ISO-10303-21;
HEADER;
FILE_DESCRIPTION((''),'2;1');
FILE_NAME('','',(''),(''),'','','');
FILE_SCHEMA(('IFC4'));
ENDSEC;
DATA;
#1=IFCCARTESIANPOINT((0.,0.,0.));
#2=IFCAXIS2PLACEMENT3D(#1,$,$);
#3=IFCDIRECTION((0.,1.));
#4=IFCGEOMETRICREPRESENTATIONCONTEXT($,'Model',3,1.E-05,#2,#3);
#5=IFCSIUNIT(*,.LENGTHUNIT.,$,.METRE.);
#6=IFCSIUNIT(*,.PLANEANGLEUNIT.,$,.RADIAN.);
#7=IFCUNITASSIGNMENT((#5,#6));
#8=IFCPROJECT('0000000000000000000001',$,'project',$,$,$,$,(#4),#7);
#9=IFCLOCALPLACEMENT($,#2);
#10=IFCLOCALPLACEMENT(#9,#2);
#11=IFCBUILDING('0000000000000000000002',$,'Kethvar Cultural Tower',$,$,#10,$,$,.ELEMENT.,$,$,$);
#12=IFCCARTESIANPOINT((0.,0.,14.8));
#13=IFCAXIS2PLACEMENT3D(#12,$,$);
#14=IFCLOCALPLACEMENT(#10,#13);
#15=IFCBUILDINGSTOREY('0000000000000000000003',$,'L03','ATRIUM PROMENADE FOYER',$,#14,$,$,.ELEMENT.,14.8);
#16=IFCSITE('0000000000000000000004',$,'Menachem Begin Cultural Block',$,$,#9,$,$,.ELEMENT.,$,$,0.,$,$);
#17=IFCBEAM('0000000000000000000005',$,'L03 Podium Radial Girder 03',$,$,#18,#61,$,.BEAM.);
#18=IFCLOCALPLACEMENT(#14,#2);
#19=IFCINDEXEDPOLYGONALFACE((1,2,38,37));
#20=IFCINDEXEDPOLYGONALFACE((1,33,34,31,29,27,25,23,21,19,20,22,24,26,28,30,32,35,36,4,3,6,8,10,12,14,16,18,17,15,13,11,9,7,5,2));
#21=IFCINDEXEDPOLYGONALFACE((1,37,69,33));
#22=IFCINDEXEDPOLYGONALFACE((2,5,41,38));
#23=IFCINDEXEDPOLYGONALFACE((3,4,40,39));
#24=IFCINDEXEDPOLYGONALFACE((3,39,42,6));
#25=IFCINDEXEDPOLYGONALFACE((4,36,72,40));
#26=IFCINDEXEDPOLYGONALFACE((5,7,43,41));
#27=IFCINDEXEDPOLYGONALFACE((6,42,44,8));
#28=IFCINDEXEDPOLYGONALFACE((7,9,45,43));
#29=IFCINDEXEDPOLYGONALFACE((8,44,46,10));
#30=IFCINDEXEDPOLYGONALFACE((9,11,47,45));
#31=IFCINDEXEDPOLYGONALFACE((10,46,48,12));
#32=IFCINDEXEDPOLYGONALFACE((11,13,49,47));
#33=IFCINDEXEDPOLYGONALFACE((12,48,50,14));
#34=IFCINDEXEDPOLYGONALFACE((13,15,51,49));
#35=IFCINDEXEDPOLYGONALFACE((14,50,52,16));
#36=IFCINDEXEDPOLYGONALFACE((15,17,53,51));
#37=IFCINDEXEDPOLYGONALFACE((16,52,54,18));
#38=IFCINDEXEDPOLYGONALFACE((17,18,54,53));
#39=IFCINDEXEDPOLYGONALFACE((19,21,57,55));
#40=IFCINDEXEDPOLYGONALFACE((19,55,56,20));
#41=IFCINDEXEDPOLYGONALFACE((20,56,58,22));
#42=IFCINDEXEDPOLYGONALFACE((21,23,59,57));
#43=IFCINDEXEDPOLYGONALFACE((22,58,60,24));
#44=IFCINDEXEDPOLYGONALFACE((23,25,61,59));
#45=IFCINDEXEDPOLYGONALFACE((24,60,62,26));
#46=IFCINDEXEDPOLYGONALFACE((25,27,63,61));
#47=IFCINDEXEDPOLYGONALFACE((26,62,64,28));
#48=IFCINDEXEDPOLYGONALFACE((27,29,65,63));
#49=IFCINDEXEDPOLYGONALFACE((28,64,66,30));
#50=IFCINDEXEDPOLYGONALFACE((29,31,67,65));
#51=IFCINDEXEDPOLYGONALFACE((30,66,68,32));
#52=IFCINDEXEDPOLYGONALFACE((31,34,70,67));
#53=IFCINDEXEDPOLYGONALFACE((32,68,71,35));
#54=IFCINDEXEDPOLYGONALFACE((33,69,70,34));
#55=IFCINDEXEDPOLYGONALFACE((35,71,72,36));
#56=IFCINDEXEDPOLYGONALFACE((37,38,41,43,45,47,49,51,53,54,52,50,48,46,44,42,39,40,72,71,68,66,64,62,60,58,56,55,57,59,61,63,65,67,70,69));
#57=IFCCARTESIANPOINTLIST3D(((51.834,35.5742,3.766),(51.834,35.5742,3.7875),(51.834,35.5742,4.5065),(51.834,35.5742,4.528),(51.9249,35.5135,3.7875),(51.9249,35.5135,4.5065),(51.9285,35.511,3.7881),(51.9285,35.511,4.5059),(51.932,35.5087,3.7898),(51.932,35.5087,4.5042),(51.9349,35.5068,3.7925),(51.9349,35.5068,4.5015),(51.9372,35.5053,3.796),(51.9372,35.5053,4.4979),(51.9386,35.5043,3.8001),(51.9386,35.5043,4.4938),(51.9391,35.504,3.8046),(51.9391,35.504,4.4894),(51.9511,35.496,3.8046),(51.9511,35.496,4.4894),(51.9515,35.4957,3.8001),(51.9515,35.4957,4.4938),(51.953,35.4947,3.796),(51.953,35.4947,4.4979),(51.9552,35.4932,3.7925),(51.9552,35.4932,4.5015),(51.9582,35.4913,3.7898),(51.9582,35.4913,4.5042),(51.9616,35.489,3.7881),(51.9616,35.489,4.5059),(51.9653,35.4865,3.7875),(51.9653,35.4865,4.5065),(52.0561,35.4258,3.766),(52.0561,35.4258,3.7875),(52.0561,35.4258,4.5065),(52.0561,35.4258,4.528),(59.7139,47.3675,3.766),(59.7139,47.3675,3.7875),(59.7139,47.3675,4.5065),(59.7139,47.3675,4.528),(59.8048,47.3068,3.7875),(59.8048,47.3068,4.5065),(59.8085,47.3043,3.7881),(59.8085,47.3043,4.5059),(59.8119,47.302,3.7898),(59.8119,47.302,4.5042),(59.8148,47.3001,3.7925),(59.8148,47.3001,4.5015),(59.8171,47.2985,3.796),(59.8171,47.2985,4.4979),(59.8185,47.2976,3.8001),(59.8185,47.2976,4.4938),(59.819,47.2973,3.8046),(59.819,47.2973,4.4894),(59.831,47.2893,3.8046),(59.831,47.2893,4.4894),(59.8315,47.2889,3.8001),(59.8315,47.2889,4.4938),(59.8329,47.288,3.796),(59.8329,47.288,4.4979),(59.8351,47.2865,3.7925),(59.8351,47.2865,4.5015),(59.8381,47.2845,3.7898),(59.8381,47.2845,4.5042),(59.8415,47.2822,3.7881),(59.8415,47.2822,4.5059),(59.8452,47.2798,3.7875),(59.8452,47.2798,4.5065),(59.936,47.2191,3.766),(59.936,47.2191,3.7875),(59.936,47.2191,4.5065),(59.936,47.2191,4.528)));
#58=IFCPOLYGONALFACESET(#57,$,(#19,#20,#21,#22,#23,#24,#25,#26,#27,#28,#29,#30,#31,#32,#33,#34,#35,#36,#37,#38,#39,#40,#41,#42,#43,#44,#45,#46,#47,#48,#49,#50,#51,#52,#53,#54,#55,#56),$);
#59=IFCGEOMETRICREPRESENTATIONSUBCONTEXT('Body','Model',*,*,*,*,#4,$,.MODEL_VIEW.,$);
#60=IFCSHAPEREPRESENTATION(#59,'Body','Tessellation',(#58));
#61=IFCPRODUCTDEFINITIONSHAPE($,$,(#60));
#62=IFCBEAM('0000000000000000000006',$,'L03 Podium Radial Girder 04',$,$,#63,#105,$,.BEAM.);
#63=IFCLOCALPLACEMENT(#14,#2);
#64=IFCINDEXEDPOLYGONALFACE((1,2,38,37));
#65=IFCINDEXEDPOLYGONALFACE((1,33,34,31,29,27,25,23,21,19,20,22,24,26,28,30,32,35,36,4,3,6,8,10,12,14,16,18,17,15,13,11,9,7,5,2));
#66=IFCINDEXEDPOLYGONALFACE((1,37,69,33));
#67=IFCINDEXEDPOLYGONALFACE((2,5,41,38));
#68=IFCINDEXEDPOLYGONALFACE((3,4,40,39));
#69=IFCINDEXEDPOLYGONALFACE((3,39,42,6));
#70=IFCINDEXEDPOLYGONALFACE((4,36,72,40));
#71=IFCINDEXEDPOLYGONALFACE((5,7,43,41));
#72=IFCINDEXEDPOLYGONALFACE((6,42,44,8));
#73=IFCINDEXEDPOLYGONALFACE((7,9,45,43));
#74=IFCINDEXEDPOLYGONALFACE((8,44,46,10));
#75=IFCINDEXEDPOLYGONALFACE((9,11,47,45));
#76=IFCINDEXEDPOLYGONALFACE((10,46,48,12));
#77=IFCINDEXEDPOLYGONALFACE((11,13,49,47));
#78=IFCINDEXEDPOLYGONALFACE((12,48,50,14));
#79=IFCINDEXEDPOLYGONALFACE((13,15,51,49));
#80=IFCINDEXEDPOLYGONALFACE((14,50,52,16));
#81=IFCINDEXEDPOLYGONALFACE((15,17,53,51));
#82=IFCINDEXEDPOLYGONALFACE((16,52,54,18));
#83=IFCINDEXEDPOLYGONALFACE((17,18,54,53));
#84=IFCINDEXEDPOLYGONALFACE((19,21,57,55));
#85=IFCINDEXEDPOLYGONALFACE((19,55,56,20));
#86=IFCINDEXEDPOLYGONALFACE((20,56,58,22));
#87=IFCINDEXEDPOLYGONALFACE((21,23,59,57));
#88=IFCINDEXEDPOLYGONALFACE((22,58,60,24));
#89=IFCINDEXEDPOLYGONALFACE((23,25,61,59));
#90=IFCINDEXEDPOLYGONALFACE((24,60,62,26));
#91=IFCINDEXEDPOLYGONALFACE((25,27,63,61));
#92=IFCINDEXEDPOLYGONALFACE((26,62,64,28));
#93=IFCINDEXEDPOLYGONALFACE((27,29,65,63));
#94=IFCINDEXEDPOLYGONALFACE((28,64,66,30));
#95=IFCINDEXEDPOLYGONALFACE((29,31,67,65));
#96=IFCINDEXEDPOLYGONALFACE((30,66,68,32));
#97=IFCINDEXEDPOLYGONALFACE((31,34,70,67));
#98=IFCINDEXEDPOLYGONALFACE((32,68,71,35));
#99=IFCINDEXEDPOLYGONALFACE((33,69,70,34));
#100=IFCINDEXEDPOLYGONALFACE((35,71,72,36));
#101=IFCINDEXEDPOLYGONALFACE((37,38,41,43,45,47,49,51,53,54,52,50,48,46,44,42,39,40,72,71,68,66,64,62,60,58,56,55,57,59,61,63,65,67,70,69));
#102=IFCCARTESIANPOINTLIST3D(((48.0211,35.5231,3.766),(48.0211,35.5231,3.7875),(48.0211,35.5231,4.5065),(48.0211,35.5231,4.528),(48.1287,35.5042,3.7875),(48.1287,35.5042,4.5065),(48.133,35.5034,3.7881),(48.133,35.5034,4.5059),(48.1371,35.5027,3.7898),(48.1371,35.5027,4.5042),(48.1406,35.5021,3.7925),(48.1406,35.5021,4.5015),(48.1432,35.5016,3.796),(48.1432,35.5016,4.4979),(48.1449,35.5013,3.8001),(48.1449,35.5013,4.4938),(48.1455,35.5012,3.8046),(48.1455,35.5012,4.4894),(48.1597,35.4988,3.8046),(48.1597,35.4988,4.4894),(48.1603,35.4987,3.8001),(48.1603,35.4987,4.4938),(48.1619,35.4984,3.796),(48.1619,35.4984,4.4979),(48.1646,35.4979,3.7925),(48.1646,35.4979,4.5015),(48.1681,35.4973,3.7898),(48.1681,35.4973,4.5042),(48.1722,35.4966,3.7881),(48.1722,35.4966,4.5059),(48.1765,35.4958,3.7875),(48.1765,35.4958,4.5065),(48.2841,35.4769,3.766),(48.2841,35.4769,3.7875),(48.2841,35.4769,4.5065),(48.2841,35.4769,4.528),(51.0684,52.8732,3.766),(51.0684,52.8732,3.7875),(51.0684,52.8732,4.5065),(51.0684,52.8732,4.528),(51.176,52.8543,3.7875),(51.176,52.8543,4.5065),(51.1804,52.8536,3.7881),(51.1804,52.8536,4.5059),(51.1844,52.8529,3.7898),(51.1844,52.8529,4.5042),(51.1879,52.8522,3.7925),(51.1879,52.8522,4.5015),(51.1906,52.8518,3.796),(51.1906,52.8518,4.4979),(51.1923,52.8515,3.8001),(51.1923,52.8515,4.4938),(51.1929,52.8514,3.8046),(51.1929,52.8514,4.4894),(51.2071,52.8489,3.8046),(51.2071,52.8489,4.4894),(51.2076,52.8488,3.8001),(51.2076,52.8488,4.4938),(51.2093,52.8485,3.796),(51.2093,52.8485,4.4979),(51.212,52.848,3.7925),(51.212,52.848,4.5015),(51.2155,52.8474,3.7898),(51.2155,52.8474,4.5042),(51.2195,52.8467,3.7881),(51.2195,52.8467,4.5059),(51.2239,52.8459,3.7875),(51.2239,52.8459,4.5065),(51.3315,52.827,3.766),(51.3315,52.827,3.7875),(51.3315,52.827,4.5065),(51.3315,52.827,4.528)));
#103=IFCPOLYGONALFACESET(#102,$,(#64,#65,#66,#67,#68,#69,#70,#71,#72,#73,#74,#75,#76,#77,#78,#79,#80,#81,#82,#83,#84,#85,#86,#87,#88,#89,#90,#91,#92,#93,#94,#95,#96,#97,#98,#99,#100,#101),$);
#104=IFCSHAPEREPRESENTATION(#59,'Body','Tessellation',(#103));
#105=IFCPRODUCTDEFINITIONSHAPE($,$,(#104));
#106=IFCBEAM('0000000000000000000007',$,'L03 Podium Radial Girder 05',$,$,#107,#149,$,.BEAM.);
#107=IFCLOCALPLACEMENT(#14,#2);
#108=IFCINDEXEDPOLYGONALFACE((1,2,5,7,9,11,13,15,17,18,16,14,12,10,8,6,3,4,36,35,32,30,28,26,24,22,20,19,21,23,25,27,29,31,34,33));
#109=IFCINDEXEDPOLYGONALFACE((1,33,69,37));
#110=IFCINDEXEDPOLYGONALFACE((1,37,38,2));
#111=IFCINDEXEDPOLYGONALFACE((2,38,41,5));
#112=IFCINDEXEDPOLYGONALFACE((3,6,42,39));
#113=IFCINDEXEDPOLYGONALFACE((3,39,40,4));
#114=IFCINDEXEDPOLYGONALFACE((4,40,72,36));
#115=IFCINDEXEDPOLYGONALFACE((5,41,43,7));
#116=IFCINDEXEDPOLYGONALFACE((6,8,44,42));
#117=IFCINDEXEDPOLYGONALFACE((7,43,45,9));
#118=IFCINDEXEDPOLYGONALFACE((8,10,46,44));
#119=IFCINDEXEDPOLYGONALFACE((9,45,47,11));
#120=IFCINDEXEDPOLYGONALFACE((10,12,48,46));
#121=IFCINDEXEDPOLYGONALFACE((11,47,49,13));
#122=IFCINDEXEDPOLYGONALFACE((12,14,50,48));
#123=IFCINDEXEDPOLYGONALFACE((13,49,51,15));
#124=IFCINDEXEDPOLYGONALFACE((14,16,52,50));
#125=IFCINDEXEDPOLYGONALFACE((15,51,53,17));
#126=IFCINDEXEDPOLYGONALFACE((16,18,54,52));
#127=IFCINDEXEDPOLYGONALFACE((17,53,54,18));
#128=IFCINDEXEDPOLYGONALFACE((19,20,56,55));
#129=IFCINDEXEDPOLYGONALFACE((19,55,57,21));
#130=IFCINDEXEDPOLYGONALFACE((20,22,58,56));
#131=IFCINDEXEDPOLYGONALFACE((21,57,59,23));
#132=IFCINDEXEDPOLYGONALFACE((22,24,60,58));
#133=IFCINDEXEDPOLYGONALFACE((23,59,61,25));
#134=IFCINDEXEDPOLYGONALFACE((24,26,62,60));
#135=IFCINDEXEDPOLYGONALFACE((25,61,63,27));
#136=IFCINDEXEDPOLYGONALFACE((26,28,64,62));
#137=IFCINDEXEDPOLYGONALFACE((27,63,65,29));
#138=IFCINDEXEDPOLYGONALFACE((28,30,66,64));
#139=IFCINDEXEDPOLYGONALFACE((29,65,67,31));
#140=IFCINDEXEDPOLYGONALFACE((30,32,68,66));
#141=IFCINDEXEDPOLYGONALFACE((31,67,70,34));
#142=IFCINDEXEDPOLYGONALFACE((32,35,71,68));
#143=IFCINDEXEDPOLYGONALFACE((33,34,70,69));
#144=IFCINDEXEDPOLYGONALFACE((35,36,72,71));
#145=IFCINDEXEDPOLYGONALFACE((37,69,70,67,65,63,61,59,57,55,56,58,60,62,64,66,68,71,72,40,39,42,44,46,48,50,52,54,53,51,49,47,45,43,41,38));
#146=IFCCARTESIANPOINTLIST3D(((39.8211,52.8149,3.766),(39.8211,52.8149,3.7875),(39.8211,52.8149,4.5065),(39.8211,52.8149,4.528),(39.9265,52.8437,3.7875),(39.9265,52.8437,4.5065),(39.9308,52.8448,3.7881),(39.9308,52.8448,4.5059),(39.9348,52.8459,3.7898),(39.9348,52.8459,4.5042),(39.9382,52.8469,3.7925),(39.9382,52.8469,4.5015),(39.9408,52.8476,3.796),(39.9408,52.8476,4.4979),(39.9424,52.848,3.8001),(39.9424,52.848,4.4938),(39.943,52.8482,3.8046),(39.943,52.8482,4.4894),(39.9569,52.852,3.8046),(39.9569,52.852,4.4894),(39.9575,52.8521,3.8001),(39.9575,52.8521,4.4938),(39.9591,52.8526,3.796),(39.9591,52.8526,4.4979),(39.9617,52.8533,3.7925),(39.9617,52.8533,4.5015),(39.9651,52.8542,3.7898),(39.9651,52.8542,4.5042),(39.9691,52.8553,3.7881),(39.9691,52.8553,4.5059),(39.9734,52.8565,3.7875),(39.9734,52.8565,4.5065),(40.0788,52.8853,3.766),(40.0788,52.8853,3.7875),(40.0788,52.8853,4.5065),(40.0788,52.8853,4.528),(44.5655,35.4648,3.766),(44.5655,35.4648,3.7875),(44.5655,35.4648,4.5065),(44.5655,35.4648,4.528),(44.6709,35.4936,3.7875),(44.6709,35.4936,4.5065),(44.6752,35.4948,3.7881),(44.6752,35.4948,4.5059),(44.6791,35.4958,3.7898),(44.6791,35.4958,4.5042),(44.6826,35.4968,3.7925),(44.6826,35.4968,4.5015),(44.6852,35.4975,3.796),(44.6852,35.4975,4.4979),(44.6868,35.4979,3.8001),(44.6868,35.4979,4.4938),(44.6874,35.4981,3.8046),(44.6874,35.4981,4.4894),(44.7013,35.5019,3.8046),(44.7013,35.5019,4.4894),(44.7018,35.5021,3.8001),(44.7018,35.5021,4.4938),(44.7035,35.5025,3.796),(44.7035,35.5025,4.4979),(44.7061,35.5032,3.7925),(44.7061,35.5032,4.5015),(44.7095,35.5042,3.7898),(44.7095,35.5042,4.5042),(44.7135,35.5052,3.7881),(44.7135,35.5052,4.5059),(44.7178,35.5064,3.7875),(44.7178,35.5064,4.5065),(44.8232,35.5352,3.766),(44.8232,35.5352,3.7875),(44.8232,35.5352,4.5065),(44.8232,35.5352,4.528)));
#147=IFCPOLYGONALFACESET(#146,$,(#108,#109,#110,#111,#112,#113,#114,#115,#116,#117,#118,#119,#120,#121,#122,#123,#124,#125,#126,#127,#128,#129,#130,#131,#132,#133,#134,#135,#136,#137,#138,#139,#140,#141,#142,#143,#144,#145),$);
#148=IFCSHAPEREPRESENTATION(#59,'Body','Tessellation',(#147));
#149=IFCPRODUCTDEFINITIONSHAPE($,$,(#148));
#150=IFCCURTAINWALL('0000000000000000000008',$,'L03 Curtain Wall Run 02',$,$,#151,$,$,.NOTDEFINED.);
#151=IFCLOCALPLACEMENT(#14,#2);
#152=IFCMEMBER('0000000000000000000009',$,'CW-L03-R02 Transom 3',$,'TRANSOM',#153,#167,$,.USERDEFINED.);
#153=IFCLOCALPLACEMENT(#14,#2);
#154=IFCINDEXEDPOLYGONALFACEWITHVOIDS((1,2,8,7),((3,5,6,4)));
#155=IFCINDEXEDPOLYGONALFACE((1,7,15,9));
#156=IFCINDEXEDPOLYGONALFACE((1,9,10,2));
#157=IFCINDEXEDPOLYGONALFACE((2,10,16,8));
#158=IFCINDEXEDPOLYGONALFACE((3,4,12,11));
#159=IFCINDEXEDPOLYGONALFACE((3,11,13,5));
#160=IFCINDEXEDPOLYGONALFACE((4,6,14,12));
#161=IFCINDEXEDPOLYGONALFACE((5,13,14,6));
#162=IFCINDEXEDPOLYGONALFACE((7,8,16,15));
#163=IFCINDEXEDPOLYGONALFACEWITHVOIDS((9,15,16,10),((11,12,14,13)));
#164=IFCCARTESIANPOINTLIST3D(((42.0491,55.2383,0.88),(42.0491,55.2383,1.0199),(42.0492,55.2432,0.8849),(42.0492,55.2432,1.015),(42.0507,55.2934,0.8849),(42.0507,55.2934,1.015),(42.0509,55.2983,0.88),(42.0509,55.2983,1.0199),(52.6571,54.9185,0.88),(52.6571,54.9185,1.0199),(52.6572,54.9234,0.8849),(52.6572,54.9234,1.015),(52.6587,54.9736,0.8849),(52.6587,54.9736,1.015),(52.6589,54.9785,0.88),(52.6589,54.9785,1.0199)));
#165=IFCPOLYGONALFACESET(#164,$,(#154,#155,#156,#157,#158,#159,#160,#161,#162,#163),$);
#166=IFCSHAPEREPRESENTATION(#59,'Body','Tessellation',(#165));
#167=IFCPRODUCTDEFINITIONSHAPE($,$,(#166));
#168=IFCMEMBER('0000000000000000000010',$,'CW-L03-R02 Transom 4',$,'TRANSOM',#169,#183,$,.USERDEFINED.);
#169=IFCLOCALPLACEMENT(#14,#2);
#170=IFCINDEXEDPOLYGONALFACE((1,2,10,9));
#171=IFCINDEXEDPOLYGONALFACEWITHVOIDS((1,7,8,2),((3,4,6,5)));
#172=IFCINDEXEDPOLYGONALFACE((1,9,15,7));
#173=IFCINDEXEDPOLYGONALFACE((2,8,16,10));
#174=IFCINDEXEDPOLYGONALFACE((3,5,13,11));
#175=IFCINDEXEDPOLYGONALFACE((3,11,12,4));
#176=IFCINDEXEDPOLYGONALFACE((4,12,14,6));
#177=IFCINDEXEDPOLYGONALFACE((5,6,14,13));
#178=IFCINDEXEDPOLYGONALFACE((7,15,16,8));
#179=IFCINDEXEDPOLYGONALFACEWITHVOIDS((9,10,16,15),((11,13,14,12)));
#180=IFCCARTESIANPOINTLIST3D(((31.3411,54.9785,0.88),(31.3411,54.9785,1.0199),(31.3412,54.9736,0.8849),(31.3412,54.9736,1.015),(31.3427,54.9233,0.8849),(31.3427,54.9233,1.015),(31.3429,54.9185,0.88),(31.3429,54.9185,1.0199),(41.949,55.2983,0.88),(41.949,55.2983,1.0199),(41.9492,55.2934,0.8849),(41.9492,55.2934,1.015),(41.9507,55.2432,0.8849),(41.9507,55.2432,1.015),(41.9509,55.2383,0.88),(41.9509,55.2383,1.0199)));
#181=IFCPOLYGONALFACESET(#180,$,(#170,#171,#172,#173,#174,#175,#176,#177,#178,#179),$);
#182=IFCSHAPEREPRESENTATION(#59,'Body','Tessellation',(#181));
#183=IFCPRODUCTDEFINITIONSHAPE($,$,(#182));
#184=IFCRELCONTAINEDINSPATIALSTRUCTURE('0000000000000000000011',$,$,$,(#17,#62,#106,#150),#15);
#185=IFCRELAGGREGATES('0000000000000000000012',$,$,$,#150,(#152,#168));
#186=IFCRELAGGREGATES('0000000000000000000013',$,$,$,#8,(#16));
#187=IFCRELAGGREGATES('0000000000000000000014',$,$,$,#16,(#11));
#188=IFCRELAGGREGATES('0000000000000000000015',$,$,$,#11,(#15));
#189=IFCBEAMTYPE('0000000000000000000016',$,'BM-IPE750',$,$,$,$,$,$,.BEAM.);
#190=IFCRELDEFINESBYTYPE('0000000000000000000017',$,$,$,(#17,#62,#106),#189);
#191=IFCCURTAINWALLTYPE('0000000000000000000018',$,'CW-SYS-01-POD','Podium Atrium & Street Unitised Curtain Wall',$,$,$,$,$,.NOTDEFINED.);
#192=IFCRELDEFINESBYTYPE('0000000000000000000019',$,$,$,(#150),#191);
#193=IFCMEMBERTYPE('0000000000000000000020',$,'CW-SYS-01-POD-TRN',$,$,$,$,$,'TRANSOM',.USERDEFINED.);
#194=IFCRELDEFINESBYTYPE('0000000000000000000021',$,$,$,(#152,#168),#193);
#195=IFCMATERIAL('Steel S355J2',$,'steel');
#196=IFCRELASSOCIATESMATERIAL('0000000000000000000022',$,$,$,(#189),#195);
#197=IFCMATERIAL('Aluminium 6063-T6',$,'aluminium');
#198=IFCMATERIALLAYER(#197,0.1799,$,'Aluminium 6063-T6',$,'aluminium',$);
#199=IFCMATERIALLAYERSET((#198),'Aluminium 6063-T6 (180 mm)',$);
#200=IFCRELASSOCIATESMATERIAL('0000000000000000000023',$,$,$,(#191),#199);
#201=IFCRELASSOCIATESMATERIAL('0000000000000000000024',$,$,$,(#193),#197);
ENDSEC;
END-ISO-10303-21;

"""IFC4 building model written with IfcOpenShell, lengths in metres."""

from ifc_helpers import new_model, si_unit, direction, frame, origin, origin_2d, place, context, subcontext, project, spatial, hollow_rectangle, i_section, extrude, source, transform, mapped, material, layer, layer_set, material_profile, profile_set, type_object, element, aggregate, save


model = new_model("IFC4")

# Units and contexts
model_context = context("Model", 3, precision=1e-05, world=origin(), true_north=direction((0.0, 1.0)))
body_context = subcontext(model_context, "Body", "Model", "MODEL_VIEW")
ifc_project = project(units=[si_unit("LENGTHUNIT", "METRE"), si_unit("PLANEANGLEUNIT", "RADIAN")], contexts=[model_context])

# Site, building, storey
site_placement = place(None, origin())
site = spatial("IfcSite", under=ifc_project, at=site_placement, Name="Menachem Begin Cultural Block", CompositionType="ELEMENT", RefElevation=0.0)
building_placement = place(site_placement, origin())
building = spatial("IfcBuilding", under=site, at=building_placement, Name="Kethvar Cultural Tower", CompositionType="ELEMENT")
storey_placement = place(building_placement, frame((0.0, 0.0, 14.8)))
storey = spatial("IfcBuildingStorey", under=building, at=storey_placement, Name="L03", Description="ATRIUM PROMENADE FOYER", CompositionType="ELEMENT", Elevation=14.8)

# Beams
ifc_material_1 = material(Name="Steel S355J2", Category="steel")
ifc_material_profile_1 = material_profile(ifc_material_1, i_section(OverallWidth=0.2671, OverallDepth=0.762, WebThickness=0.0144, FlangeThickness=0.0215, FilletRadius=0.0171, at=origin_2d()), Name="Steel S355J2 — IPE750x173")
ifc_profile_set_1 = profile_set([ifc_material_profile_1], Name="Steel S355J2 — IPE750x173")
beam_type_1 = type_object("IfcBeamType", Name="BM-IPE750", PredefinedType="BEAM", material=ifc_profile_set_1)
shared_shape_1 = source(origin(), body_context, "Body", "SweptSolid", [
    extrude(i_section(OverallWidth=0.2671, OverallDepth=0.762, WebThickness=0.0144, FlangeThickness=0.0215, FilletRadius=0.0171, at=origin_2d()), origin(), (0.0, 0.0, 1.0), 14.1836),
])
beam_1_placement = place(storey_placement, frame((51.9451, 35.5, 4.147), z_axis=(0.555566, 0.831473, 0.0), x_axis=(-0.831473, 0.555566, 0.0)))
element("IfcBeam", 1, at=beam_1_placement, inside=storey, type_object=beam_type_1, Name="L03 Podium Radial Girder 03", PredefinedType="BEAM", context=body_context, shape_type="MappedRepresentation", body=[
    mapped(shared_shape_1, transform((0.0, 0.0, 0.0), scale=1.0)),
])
shared_shape_2 = source(origin(), body_context, "Body", "SweptSolid", [
    extrude(i_section(OverallWidth=0.2671, OverallDepth=0.762, WebThickness=0.0144, FlangeThickness=0.0215, FilletRadius=0.0171, at=origin_2d()), origin(), (0.0, 0.0, 1.0), 17.6157),
])
beam_2_placement = place(storey_placement, frame((48.1526, 35.5, 4.147), z_axis=(0.172991, 0.984923, 0.0), x_axis=(-0.984923, 0.172991, 0.0)))
element("IfcBeam", 2, at=beam_2_placement, inside=storey, type_object=beam_type_1, Name="L03 Podium Radial Girder 04", PredefinedType="BEAM", context=body_context, shape_type="MappedRepresentation", body=[
    mapped(shared_shape_2, transform((0.0, 0.0, 0.0), scale=1.0)),
])
shared_shape_3 = source(origin(), body_context, "Body", "SweptSolid", [
    extrude(i_section(OverallWidth=0.2671, OverallDepth=0.762, WebThickness=0.0144, FlangeThickness=0.0215, FilletRadius=0.0171, at=origin_2d()), origin(), (0.0, 0.0, 1.0), 17.9871),
])
beam_3_placement = place(storey_placement, frame((44.6943, 35.5, 4.147), z_axis=(-0.263766, 0.964587, 0.0), x_axis=(-0.964587, -0.263766, 0.0)))
element("IfcBeam", 3, at=beam_3_placement, inside=storey, type_object=beam_type_1, Name="L03 Podium Radial Girder 05", PredefinedType="BEAM", context=body_context, shape_type="MappedRepresentation", body=[
    mapped(shared_shape_3, transform((0.0, 0.0, 0.0), scale=1.0)),
])

# Curtain wall, members
ifc_material_2 = material(Name="Aluminium 6063-T6", Category="aluminium")
ifc_layer_1 = layer(ifc_material_2, 0.1799, Name="Aluminium 6063-T6", Category="aluminium")
ifc_layer_set_1 = layer_set([ifc_layer_1], Name="Aluminium 6063-T6 (180 mm)")
curtain_wall_type = type_object("IfcCurtainWallType", Name="CW-SYS-01-POD", Description="Podium Atrium & Street Unitised Curtain Wall", PredefinedType="NOTDEFINED", material=ifc_layer_set_1)
curtain_wall_placement = place(storey_placement, origin())
curtain_wall = element("IfcCurtainWall", 4, at=curtain_wall_placement, inside=storey, type_object=curtain_wall_type, Name="L03 Curtain Wall Run 02", PredefinedType="NOTDEFINED")
ifc_material_profile_2 = material_profile(ifc_material_2, hollow_rectangle(XDim=0.0601, YDim=0.1399, WallThickness=0.0049, at=origin_2d()), Name="Aluminium 6063-T6 — RHS140x60x5")
ifc_profile_set_2 = profile_set([ifc_material_profile_2], Name="Aluminium 6063-T6 — RHS140x60x5")
member_type_1 = type_object("IfcMemberType", Name="CW-SYS-01-POD-TRN", ElementType="TRANSOM", PredefinedType="USERDEFINED", material=ifc_profile_set_2)
shared_shape_4 = source(origin(), body_context, "Body", "SweptSolid", [
    extrude(hollow_rectangle(XDim=0.0601, YDim=0.1399, WallThickness=0.0049, at=origin_2d()), origin(), (0.0, 0.0, 1.0), 10.6128),
])
member_1_placement = place(storey_placement, frame((52.658, 54.9485, 0.95), z_axis=(-0.999546, 0.030136, 0.0), x_axis=(-0.030136, -0.999546, 0.0)))
member_1 = element("IfcMember", 5, at=member_1_placement, type_object=member_type_1, Name="CW-L03-R02 Transom 3", ObjectType="TRANSOM", PredefinedType="USERDEFINED", context=body_context, shape_type="MappedRepresentation", body=[
    mapped(shared_shape_4, transform((0.0, 0.0, 0.0), scale=1.0)),
])
member_2_placement = place(storey_placement, frame((41.95, 55.2683, 0.95), z_axis=(-0.999546, -0.030136, 0.0), x_axis=(0.030136, -0.999546, 0.0)))
member_2 = element("IfcMember", 6, at=member_2_placement, type_object=member_type_1, Name="CW-L03-R02 Transom 4", ObjectType="TRANSOM", PredefinedType="USERDEFINED", context=body_context, shape_type="MappedRepresentation", body=[
    mapped(shared_shape_4, transform((0.0, 0.0, 0.0), scale=1.0)),
])

aggregate(curtain_wall, [member_1, member_2])

save(model, "model.ifc")
